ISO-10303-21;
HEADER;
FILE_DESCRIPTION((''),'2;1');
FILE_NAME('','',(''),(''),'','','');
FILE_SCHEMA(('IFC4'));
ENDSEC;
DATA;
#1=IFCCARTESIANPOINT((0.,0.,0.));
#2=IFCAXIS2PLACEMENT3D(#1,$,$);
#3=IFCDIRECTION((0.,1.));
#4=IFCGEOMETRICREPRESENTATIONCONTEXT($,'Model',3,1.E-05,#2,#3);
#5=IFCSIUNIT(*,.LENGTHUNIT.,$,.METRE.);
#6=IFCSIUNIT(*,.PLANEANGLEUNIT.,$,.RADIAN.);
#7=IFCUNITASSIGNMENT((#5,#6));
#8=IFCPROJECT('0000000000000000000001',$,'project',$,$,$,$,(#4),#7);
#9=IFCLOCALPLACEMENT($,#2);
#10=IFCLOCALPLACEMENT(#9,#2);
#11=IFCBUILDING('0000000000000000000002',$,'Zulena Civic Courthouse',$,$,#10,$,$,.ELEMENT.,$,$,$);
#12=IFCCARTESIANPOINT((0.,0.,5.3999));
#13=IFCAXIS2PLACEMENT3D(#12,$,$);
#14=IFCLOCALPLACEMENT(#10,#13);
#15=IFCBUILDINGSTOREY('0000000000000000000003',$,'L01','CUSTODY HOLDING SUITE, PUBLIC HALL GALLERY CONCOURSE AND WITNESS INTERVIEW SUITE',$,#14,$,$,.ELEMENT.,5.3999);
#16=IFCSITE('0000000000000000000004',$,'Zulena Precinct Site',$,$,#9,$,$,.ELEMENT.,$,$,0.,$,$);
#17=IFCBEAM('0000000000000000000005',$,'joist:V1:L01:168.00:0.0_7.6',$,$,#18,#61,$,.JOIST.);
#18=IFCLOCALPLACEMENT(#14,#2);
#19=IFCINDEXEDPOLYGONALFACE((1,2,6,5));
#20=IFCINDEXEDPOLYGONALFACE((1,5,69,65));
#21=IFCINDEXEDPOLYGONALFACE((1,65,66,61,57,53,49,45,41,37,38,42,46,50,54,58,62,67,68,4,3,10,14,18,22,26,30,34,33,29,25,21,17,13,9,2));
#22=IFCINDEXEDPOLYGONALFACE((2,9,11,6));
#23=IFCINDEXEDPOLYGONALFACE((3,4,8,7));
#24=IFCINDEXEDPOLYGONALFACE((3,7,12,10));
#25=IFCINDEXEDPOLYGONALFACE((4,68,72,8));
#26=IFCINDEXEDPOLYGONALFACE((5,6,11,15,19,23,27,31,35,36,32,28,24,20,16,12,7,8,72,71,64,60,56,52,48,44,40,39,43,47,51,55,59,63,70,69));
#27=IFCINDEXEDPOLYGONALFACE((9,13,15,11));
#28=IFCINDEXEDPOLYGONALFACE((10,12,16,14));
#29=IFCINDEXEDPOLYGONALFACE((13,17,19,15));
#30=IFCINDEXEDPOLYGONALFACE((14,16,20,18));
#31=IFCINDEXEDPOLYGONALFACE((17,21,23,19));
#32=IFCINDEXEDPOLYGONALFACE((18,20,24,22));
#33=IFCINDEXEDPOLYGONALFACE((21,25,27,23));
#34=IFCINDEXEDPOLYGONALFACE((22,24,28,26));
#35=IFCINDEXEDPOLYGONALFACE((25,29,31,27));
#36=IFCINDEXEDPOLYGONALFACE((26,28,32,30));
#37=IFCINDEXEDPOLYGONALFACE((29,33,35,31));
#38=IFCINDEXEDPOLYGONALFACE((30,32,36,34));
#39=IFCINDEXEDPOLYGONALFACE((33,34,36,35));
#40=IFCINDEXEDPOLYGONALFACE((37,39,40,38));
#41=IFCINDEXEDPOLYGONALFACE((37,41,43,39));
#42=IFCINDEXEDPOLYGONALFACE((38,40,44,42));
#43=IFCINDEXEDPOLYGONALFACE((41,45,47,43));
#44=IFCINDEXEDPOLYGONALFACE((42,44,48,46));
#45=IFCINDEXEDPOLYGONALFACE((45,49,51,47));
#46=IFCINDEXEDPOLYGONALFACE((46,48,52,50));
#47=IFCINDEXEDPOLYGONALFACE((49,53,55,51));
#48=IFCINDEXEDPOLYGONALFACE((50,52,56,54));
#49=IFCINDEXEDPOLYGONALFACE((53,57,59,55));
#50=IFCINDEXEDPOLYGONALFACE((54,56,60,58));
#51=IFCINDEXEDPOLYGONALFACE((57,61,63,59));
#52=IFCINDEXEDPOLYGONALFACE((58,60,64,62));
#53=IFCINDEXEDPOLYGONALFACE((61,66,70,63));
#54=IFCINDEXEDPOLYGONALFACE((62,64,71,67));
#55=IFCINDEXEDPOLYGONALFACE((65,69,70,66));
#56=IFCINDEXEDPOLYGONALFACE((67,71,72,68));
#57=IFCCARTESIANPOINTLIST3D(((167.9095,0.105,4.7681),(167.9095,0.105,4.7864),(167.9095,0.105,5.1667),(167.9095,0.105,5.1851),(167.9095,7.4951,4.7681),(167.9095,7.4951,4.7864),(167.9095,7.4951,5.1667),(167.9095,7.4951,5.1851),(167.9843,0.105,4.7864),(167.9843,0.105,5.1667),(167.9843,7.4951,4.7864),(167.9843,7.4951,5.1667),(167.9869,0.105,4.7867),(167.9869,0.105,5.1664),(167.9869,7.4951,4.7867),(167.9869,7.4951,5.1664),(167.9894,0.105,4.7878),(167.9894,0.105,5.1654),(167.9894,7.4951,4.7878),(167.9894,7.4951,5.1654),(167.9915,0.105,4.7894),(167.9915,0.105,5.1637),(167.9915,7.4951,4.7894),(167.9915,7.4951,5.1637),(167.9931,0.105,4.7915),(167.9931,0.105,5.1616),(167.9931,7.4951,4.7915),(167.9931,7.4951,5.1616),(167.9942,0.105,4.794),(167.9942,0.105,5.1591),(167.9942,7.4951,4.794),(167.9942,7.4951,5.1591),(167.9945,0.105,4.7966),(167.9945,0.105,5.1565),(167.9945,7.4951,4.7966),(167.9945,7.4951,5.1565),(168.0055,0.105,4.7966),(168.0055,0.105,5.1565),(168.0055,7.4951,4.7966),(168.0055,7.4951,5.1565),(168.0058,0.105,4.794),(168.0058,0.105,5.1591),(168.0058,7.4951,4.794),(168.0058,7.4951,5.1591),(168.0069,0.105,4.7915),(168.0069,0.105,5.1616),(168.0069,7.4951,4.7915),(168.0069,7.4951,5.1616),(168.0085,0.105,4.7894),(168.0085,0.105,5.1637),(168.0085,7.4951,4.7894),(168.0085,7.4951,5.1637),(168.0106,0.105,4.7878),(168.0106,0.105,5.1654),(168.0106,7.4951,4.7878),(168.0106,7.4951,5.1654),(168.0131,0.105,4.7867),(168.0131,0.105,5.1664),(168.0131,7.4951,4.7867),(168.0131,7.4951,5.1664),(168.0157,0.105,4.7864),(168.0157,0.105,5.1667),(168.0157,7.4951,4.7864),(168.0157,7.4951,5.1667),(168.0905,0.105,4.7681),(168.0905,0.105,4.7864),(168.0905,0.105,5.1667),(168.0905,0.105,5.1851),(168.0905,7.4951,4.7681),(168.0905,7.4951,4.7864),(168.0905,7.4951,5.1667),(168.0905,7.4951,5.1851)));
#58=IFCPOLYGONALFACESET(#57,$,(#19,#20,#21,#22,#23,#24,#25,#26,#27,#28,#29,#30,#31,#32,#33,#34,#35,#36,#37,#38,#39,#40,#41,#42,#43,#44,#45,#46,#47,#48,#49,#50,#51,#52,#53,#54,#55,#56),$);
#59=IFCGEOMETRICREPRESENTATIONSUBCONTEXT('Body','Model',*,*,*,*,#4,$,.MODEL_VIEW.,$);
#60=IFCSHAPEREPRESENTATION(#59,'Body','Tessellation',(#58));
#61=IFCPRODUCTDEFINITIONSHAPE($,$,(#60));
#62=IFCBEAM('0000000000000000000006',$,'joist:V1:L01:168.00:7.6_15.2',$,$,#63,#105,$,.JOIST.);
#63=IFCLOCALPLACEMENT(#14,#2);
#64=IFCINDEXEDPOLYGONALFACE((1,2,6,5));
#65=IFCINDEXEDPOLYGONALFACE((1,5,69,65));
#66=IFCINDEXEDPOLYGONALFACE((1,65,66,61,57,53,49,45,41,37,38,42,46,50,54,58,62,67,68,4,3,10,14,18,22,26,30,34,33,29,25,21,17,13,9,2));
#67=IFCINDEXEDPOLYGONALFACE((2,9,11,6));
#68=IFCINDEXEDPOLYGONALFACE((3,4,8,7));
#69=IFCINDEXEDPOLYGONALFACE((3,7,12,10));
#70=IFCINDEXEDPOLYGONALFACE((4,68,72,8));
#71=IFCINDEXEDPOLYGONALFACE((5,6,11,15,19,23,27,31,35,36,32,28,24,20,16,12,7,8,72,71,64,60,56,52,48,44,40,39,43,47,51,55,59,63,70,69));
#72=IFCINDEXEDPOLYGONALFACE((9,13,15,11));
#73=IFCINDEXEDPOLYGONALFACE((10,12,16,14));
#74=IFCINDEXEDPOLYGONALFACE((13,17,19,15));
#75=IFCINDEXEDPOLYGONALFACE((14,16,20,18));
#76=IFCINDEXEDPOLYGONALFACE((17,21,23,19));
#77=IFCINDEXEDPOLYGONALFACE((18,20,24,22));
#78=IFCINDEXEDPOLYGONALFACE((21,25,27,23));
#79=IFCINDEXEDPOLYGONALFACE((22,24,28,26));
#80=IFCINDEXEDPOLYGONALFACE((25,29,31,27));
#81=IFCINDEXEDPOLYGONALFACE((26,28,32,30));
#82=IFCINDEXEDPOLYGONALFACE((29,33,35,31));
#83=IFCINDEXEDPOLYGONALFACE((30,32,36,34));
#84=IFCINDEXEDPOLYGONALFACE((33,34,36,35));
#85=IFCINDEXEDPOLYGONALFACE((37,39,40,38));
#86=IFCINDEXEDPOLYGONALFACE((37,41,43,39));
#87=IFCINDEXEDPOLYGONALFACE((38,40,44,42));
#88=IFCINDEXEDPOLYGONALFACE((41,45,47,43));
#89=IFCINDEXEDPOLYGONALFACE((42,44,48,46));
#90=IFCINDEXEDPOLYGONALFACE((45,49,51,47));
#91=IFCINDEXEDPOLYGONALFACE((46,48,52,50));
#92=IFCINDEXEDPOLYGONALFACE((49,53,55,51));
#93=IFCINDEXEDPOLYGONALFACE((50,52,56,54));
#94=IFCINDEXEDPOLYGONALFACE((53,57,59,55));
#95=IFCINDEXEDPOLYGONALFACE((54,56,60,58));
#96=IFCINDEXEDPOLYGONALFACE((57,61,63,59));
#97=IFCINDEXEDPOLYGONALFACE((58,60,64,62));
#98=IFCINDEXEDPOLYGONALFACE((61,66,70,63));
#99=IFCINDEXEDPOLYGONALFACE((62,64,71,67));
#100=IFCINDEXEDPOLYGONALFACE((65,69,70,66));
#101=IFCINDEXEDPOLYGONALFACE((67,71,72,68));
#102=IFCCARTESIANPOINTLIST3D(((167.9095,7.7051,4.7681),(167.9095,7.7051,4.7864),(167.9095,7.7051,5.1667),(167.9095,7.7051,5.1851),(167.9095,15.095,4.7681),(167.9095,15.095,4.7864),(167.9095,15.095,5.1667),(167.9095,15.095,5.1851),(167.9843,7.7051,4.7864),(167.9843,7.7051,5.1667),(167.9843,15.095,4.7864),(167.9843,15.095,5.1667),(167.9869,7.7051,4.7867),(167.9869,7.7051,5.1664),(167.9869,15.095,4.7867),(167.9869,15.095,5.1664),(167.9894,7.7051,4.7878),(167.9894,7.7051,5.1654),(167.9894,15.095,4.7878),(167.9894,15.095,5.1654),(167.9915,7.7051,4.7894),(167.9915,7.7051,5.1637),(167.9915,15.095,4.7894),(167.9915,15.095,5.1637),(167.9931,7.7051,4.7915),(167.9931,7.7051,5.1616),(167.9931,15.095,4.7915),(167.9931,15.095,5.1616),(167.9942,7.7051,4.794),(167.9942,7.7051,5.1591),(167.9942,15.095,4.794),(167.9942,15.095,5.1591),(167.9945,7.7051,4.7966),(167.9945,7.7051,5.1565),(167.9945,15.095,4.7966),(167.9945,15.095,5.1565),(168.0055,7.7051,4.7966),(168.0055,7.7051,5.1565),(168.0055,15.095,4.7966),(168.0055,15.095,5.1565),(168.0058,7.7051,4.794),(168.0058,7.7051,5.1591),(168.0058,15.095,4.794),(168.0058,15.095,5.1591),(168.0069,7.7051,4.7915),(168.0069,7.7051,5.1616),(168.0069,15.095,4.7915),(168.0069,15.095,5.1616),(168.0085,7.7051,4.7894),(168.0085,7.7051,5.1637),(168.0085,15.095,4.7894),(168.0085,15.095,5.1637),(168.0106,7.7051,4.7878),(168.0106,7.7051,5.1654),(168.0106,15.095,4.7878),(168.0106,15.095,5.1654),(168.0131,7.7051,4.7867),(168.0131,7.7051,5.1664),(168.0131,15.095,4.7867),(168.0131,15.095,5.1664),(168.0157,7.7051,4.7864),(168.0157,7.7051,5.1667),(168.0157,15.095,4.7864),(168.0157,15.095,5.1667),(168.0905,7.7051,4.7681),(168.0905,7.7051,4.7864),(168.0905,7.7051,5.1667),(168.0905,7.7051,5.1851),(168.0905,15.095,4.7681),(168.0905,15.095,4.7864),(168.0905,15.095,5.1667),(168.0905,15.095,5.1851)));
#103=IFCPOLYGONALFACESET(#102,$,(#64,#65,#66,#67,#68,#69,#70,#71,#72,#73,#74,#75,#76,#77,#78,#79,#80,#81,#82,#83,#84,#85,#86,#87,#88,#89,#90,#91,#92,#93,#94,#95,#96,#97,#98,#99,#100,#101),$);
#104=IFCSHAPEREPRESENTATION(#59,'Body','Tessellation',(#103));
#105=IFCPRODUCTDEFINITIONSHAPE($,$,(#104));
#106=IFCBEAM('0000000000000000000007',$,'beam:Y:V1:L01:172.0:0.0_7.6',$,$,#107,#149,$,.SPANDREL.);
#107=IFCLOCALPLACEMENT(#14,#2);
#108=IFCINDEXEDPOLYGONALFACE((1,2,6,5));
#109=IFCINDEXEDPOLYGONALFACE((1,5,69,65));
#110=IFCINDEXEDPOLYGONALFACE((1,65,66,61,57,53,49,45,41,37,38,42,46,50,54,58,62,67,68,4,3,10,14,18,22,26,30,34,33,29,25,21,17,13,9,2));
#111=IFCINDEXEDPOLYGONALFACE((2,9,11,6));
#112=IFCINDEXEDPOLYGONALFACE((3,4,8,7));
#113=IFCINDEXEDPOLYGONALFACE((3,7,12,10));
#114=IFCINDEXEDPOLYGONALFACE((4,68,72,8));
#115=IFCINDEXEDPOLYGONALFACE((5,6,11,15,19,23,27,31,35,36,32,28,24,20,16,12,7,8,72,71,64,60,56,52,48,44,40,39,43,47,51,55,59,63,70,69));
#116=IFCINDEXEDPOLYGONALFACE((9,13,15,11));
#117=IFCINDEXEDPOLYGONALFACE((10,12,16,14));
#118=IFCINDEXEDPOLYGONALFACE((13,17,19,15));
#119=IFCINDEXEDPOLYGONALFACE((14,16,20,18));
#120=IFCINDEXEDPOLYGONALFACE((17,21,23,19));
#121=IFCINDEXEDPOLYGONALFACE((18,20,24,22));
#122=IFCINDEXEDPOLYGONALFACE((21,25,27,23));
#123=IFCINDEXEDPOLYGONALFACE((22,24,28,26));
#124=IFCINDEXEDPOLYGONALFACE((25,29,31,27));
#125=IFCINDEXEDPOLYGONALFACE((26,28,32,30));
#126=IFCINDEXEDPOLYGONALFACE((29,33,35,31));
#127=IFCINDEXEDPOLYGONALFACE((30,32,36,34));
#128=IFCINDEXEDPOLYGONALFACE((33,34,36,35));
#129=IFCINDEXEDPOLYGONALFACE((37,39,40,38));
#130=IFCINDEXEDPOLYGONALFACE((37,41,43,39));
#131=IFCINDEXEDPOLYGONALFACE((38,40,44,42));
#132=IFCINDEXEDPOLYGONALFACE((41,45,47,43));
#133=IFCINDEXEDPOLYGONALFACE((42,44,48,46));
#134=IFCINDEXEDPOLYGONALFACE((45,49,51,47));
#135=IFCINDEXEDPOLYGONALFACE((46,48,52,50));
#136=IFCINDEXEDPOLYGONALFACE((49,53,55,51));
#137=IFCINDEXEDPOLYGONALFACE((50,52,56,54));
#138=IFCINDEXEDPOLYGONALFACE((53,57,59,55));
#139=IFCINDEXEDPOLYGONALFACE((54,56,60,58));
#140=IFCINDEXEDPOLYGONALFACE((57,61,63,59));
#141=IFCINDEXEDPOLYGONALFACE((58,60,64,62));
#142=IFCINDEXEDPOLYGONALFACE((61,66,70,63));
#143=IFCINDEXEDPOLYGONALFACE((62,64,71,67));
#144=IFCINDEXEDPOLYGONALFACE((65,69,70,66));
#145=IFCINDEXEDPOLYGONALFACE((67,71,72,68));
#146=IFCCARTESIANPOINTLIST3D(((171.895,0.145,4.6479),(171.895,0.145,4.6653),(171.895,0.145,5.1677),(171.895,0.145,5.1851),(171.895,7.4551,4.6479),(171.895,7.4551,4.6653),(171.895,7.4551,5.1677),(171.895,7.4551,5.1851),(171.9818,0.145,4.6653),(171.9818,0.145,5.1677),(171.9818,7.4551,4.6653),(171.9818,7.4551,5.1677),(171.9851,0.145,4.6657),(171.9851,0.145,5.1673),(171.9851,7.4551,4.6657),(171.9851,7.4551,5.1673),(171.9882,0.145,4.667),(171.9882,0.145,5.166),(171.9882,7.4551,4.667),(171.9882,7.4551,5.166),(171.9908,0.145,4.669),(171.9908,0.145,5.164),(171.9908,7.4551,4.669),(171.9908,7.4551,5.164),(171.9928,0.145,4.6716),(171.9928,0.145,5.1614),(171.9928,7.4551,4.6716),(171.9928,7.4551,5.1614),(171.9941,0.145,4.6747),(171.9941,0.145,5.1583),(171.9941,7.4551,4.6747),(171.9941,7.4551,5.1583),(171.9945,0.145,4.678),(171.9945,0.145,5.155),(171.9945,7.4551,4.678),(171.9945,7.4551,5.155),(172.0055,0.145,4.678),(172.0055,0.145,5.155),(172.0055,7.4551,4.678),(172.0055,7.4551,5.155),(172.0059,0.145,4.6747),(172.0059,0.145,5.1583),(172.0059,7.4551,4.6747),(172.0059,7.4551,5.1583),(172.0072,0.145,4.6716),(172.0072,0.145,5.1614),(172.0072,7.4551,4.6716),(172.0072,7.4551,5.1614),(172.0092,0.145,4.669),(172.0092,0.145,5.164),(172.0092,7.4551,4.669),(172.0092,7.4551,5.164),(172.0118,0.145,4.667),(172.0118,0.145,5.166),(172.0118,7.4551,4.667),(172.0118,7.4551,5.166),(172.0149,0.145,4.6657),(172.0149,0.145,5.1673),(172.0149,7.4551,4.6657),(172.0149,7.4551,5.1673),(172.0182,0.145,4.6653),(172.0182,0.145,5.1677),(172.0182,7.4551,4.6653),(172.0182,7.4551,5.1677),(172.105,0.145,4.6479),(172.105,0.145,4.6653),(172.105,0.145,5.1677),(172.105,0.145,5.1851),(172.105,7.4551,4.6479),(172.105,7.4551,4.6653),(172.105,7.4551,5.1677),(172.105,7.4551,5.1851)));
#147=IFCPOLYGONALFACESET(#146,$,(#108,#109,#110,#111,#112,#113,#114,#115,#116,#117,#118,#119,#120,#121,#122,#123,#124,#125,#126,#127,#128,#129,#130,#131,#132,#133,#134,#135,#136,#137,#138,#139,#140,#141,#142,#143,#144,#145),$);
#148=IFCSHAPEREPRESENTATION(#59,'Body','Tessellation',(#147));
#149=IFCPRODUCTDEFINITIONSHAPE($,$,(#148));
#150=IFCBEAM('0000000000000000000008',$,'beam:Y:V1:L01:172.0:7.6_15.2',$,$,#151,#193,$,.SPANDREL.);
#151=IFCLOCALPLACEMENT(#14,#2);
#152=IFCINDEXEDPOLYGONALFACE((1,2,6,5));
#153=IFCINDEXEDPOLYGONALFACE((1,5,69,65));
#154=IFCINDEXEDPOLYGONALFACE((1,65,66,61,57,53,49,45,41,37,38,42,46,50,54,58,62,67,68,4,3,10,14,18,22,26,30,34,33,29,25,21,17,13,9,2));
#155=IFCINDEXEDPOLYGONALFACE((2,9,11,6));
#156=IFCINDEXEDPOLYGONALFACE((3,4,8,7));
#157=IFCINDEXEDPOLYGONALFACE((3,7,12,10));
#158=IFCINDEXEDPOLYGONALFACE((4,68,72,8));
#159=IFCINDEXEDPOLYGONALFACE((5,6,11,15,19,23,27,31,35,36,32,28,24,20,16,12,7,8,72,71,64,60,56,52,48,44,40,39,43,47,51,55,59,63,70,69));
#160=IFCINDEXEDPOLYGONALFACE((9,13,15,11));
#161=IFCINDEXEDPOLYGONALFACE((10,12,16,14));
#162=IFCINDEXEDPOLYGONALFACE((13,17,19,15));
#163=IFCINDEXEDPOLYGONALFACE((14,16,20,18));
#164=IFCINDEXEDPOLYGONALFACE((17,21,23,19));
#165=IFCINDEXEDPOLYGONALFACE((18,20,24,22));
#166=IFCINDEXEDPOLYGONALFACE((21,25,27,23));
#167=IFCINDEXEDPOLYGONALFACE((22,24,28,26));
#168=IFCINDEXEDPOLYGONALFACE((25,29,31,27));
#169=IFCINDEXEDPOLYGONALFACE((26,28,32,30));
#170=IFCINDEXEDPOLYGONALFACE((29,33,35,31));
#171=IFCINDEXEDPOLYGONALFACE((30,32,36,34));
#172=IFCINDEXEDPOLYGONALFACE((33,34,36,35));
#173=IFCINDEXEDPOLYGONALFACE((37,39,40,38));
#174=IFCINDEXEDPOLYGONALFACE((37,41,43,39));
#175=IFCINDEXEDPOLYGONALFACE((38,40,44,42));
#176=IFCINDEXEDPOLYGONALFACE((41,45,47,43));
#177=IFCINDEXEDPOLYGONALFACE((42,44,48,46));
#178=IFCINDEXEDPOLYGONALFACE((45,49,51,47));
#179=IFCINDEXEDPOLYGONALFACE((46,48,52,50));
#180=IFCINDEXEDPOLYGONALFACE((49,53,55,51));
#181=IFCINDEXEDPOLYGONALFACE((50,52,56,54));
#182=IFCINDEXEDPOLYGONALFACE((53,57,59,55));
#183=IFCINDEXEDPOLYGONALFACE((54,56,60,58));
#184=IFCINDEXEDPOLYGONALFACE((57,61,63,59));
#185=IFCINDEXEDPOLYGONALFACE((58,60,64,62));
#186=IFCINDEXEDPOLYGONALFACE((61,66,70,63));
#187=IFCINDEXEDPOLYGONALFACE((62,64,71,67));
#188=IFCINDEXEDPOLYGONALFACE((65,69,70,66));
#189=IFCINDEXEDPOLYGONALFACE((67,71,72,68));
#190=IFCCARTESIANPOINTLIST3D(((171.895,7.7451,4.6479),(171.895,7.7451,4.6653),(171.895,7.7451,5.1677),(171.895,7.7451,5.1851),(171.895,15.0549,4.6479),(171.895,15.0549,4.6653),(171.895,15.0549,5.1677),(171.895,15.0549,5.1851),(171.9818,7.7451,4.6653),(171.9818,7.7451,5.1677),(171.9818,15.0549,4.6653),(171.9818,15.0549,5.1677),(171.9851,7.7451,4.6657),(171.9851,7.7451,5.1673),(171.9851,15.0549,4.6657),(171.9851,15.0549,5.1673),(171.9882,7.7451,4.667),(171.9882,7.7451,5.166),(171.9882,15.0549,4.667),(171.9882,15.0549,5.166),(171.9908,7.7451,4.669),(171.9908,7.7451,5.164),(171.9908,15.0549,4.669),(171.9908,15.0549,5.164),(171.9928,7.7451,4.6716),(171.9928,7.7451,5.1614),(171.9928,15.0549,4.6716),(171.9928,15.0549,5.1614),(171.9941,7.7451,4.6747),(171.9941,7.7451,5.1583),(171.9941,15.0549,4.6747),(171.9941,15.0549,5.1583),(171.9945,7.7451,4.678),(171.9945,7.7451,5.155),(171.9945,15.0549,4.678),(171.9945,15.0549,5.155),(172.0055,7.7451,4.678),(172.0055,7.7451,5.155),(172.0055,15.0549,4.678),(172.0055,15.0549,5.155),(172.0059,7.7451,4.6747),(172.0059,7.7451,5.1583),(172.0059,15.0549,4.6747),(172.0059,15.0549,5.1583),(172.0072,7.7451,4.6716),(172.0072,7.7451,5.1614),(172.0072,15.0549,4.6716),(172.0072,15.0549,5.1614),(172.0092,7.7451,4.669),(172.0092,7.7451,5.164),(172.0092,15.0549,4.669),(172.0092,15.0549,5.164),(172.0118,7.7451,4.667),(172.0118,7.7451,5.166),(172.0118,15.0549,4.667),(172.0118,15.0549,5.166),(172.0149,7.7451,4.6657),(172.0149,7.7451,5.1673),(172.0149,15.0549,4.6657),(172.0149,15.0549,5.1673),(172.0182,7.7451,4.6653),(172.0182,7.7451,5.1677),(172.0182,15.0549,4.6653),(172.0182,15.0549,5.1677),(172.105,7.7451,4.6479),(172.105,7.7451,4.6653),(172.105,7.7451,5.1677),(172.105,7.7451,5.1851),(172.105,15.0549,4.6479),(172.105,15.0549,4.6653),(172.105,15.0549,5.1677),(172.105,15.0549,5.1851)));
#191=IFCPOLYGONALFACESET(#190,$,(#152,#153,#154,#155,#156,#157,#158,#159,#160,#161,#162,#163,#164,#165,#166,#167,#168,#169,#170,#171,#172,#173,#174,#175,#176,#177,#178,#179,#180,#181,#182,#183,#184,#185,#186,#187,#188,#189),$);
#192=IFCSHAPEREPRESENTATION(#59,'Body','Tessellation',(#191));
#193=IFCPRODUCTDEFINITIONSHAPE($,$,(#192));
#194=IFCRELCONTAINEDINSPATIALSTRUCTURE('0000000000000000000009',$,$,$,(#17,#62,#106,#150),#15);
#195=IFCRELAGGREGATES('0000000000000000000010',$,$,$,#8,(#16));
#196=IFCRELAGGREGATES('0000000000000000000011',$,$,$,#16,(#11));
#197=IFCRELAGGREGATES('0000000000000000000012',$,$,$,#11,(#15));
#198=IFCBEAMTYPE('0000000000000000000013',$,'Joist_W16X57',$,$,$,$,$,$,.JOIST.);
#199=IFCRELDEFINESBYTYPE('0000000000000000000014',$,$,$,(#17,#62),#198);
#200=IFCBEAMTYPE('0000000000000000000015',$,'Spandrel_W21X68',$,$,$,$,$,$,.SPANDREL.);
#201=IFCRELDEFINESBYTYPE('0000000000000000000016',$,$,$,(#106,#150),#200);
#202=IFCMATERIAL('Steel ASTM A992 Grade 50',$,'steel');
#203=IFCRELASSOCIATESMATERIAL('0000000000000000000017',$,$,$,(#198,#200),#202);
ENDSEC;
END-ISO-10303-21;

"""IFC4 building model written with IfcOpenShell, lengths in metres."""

from ifc_helpers import new_model, si_unit, direction, frame, origin, origin_2d, place, context, subcontext, project, spatial, i_section, extrude, material, material_profile, profile_set, type_object, element, save


model = new_model("IFC4")

# Units and contexts
model_context = context("Model", 3, precision=1e-05, world=origin(), true_north=direction((0.0, 1.0)))
body_context = subcontext(model_context, "Body", "Model", "MODEL_VIEW")
ifc_project = project(units=[si_unit("LENGTHUNIT", "METRE"), si_unit("PLANEANGLEUNIT", "RADIAN")], contexts=[model_context])

# Site, building, storey
site_placement = place(None, origin())
site = spatial("IfcSite", under=ifc_project, at=site_placement, Name="Zulena Precinct Site", CompositionType="ELEMENT", RefElevation=0.0)
building_placement = place(site_placement, origin())
building = spatial("IfcBuilding", under=site, at=building_placement, Name="Zulena Civic Courthouse", CompositionType="ELEMENT")
storey_placement = place(building_placement, frame((0.0, 0.0, 5.3999)))
storey = spatial("IfcBuildingStorey", under=building, at=storey_placement, Name="L01", Description="CUSTODY HOLDING SUITE, PUBLIC HALL GALLERY CONCOURSE AND WITNESS INTERVIEW SUITE", CompositionType="ELEMENT", Elevation=5.3999)

# Shared definitions
ifc_material_1 = material(Name="Steel ASTM A992 Grade 50", Category="steel")

# Beams
ifc_material_profile_1 = material_profile(ifc_material_1, i_section(OverallWidth=0.1809, OverallDepth=0.417, WebThickness=0.011, FlangeThickness=0.0183, FilletRadius=0.0103, at=origin_2d()), Name="W16X57")
ifc_profile_set_1 = profile_set([ifc_material_profile_1], Name="Steel ASTM A992 Grade 50")
beam_type_1 = type_object("IfcBeamType", Name="Joist_W16X57", PredefinedType="JOIST", material=ifc_profile_set_1)
beam_1_placement = place(storey_placement, frame((168.0, 0.105, 4.9766), z_axis=(0.0, 1.0, 0.0), x_axis=(-1.0, 0.0, 0.0)))
element("IfcBeam", 1, at=beam_1_placement, inside=storey, type_object=beam_type_1, Name="joist:V1:L01:168.00:0.0_7.6", PredefinedType="JOIST", context=body_context, shape_type="SweptSolid", body=[
    extrude(i_section(OverallWidth=0.1809, OverallDepth=0.417, WebThickness=0.011, FlangeThickness=0.0183, FilletRadius=0.0103, at=origin_2d()), origin(), (0.0, 0.0, 1.0), 7.3901),
])
beam_2_placement = place(storey_placement, frame((168.0, 7.7051, 4.9766), z_axis=(0.0, 1.0, 0.0), x_axis=(-1.0, 0.0, 0.0)))
element("IfcBeam", 2, at=beam_2_placement, inside=storey, type_object=beam_type_1, Name="joist:V1:L01:168.00:7.6_15.2", PredefinedType="JOIST", context=body_context, shape_type="SweptSolid", body=[
    extrude(i_section(OverallWidth=0.1809, OverallDepth=0.417, WebThickness=0.011, FlangeThickness=0.0183, FilletRadius=0.0103, at=origin_2d()), origin(), (0.0, 0.0, 1.0), 7.3899),
])
ifc_material_profile_2 = material_profile(ifc_material_1, i_section(OverallWidth=0.21, OverallDepth=0.5371, WebThickness=0.011, FlangeThickness=0.0173, FilletRadius=0.0127, at=origin_2d()), Name="W21X68")
ifc_profile_set_2 = profile_set([ifc_material_profile_2], Name="Steel ASTM A992 Grade 50")
beam_type_2 = type_object("IfcBeamType", Name="Spandrel_W21X68", PredefinedType="SPANDREL", material=ifc_profile_set_2)
beam_3_placement = place(storey_placement, frame((172.0, 0.145, 4.9165), z_axis=(0.0, 1.0, 0.0), x_axis=(-1.0, 0.0, 0.0)))
element("IfcBeam", 3, at=beam_3_placement, inside=storey, type_object=beam_type_2, Name="beam:Y:V1:L01:172.0:0.0_7.6", PredefinedType="SPANDREL", context=body_context, shape_type="SweptSolid", body=[
    extrude(i_section(OverallWidth=0.21, OverallDepth=0.5371, WebThickness=0.011, FlangeThickness=0.0173, FilletRadius=0.0127, at=origin_2d()), origin(), (0.0, 0.0, 1.0), 7.3101),
])
beam_4_placement = place(storey_placement, frame((172.0, 7.7451, 4.9165), z_axis=(0.0, 1.0, 0.0), x_axis=(-1.0, 0.0, 0.0)))
element("IfcBeam", 4, at=beam_4_placement, inside=storey, type_object=beam_type_2, Name="beam:Y:V1:L01:172.0:7.6_15.2", PredefinedType="SPANDREL", context=body_context, shape_type="SweptSolid", body=[
    extrude(i_section(OverallWidth=0.21, OverallDepth=0.5371, WebThickness=0.011, FlangeThickness=0.0173, FilletRadius=0.0127, at=origin_2d()), origin(), (0.0, 0.0, 1.0), 7.3098),
])

save(model, "model.ifc")
